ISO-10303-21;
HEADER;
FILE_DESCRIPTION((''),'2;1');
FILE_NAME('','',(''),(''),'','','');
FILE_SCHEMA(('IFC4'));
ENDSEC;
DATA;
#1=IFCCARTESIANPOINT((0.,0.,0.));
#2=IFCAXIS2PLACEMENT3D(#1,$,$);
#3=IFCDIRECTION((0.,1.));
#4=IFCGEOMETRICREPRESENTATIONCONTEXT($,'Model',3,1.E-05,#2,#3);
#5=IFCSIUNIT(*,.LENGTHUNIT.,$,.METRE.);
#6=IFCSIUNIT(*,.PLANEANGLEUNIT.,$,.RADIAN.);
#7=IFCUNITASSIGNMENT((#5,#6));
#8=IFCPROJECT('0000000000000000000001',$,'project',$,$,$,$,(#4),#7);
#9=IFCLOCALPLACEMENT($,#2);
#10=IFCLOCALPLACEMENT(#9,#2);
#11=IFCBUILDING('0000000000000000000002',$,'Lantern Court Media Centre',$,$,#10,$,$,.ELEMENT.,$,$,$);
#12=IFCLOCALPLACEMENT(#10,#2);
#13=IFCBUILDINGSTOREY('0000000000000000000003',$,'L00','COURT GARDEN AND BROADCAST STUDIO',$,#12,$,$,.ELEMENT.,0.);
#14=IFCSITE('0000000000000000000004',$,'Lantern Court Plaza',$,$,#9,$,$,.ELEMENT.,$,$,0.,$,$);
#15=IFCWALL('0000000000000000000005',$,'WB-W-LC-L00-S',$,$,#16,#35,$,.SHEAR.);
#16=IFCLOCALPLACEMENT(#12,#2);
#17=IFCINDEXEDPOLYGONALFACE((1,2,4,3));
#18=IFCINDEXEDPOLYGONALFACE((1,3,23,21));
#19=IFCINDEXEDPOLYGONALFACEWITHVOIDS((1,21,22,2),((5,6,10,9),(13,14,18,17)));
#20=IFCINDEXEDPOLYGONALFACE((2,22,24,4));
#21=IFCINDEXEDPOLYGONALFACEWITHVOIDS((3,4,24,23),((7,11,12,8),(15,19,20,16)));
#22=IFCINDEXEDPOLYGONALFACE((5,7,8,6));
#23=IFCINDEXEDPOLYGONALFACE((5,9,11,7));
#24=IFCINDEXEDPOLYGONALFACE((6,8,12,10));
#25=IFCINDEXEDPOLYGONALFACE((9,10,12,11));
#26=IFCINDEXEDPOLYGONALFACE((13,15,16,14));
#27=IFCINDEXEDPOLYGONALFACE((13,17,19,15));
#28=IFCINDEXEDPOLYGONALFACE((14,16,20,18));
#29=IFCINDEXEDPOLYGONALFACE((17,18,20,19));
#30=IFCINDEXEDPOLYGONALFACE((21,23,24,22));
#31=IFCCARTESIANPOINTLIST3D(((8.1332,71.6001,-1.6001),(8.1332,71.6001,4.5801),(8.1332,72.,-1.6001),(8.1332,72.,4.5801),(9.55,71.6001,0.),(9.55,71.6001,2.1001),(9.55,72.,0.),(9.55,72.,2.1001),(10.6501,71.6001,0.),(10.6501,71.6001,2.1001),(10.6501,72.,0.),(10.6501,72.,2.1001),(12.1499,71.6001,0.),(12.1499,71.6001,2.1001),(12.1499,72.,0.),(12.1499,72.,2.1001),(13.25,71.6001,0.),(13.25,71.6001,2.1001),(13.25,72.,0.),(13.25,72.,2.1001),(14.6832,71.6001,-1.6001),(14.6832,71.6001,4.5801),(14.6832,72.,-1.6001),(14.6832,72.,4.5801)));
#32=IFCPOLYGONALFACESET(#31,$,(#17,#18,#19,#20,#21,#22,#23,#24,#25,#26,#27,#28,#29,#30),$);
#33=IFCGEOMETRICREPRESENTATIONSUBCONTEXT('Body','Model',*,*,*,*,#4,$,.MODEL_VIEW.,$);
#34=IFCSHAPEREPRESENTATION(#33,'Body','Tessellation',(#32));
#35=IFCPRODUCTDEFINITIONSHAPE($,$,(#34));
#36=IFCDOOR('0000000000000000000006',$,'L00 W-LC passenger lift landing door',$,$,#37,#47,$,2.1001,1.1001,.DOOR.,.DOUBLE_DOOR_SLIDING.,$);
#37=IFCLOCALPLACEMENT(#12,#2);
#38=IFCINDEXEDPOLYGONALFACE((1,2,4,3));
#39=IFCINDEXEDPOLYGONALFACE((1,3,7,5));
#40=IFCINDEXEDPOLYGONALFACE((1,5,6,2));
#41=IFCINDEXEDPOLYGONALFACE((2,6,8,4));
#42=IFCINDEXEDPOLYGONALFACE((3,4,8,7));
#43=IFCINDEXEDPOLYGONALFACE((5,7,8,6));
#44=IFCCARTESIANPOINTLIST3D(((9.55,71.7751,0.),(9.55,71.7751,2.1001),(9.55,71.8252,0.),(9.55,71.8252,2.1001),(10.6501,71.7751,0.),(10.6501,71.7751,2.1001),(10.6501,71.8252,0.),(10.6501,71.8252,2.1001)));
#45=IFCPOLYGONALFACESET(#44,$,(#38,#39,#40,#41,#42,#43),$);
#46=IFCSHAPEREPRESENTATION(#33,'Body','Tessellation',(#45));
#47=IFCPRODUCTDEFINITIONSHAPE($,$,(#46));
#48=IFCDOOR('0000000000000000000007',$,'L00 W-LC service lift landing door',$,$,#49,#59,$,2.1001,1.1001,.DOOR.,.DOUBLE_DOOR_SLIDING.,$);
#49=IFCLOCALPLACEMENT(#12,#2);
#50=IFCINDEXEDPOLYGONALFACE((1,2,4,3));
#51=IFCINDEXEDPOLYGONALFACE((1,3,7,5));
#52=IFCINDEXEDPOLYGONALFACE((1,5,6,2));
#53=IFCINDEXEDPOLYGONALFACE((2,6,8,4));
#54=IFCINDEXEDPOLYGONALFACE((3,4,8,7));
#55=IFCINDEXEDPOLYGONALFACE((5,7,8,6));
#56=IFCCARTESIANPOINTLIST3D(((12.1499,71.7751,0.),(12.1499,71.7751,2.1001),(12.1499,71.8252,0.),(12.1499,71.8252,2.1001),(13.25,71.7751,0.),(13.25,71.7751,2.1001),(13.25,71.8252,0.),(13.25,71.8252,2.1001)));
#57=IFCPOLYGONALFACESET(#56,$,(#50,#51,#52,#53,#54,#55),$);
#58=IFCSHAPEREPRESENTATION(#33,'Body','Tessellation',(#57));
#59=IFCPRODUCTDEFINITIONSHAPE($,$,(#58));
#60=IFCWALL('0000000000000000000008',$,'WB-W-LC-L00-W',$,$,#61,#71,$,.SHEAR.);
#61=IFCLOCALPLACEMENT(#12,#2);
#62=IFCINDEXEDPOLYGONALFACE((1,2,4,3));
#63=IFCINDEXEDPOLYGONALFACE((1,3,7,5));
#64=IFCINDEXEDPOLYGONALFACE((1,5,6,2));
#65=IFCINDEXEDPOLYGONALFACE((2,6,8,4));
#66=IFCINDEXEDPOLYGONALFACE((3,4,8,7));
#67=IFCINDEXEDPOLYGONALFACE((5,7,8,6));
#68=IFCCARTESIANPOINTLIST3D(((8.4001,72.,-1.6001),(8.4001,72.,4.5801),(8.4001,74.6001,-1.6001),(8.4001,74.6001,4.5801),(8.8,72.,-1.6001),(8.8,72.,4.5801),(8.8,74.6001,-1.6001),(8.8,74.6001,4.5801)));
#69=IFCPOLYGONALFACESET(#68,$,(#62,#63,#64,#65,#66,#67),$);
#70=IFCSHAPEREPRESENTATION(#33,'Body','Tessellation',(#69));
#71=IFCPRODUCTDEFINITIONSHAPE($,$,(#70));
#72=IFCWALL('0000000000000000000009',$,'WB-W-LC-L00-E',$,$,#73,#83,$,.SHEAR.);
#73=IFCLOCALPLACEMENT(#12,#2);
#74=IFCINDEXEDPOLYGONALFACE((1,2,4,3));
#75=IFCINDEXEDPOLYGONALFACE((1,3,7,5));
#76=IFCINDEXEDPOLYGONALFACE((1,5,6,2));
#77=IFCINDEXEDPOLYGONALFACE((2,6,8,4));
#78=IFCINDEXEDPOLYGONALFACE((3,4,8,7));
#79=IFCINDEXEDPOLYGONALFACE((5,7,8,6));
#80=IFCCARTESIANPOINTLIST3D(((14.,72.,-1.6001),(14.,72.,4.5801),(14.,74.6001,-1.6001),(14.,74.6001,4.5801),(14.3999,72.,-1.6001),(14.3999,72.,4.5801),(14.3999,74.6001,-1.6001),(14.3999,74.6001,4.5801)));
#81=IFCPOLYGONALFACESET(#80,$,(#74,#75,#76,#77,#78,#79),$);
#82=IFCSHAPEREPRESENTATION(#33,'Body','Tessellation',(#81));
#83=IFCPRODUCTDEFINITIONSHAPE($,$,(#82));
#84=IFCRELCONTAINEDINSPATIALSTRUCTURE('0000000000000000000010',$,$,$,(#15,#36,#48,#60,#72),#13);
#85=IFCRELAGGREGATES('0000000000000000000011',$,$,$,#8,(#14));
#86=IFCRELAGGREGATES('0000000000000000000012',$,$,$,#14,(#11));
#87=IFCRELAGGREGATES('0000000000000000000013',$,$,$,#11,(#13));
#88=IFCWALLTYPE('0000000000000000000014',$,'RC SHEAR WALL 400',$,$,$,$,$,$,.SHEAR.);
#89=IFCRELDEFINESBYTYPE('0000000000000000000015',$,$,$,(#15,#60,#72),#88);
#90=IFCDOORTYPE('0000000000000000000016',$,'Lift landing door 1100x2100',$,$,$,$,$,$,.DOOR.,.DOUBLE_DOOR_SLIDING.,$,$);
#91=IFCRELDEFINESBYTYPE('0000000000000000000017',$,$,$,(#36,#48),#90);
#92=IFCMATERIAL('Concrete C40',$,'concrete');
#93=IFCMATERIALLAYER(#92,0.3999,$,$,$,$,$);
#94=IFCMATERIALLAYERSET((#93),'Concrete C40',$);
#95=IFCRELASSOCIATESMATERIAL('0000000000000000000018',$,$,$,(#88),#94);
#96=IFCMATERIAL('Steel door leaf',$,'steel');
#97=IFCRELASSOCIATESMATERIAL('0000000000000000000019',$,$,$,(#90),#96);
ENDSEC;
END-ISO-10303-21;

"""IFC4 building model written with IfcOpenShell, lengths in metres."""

from ifc_helpers import new_model, si_unit, direction, frame, frame_2d, origin, place, context, subcontext, project, spatial, rectangle, extrude, material, layer, layer_set, type_object, element, fill, save


model = new_model("IFC4")

# Units and contexts
model_context = context("Model", 3, precision=1e-05, world=origin(), true_north=direction((0.0, 1.0)))
body_context = subcontext(model_context, "Body", "Model", "MODEL_VIEW")
ifc_project = project(units=[si_unit("LENGTHUNIT", "METRE"), si_unit("PLANEANGLEUNIT", "RADIAN")], contexts=[model_context])

# Site, building, storey
site_placement = place(None, origin())
site = spatial("IfcSite", under=ifc_project, at=site_placement, Name="Lantern Court Plaza", CompositionType="ELEMENT", RefElevation=0.0)
building_placement = place(site_placement, origin())
building = spatial("IfcBuilding", under=site, at=building_placement, Name="Lantern Court Media Centre", CompositionType="ELEMENT")
storey_placement = place(building_placement, origin())
storey = spatial("IfcBuildingStorey", under=building, at=storey_placement, Name="L00", Description="COURT GARDEN AND BROADCAST STUDIO", CompositionType="ELEMENT", Elevation=0.0)

# Shared definitions
ifc_material_1 = material(Name="Concrete C40", Category="concrete")

# Wall, openings, doors
ifc_layer_1 = layer(ifc_material_1, 0.3999)
ifc_layer_set_1 = layer_set([ifc_layer_1], Name="Concrete C40")
wall_type_1 = type_object("IfcWallType", Name="RC SHEAR WALL 400", PredefinedType="SHEAR", material=ifc_layer_set_1)
wall_1_placement = place(storey_placement, frame((8.1333, 71.8, -1.6001), z_axis=(0.0, 0.0, 1.0), x_axis=(1.0, 0.0, 0.0)))
wall_1 = element("IfcWall", 1, at=wall_1_placement, inside=storey, type_object=wall_type_1, Name="WB-W-LC-L00-S", PredefinedType="SHEAR", context=body_context, shape_type="SweptSolid", body=[
    extrude(rectangle(XDim=6.55, YDim=0.3999, at=frame_2d((3.2749, 0.0))), origin(), (0.0, 0.0, 1.0), 6.1802),
])
opening_1_placement = place(wall_1_placement, frame((1.4167, 0.0, 1.6001)))
opening_1 = element("IfcOpeningElement", 2, at=opening_1_placement, cuts=wall_1, PredefinedType="OPENING", context=body_context, shape_type="SweptSolid", body=[
    extrude(rectangle(XDim=1.1001, YDim=2.1001, at=frame_2d((0.55, 1.05))), frame((0.0, 0.21, 0.0), z_axis=(0.0, -1.0, 0.0), x_axis=(1.0, 0.0, 0.0)), (0.0, 0.0, 1.0), 0.4199),
])
opening_2_placement = place(wall_1_placement, frame((4.0166, 0.0, 1.6001)))
opening_2 = element("IfcOpeningElement", 3, at=opening_2_placement, cuts=wall_1, PredefinedType="OPENING", context=body_context, shape_type="SweptSolid", body=[
    extrude(rectangle(XDim=1.1001, YDim=2.1001, at=frame_2d((0.55, 1.05))), frame((0.0, 0.21, 0.0), z_axis=(0.0, -1.0, 0.0), x_axis=(1.0, 0.0, 0.0)), (0.0, 0.0, 1.0), 0.4199),
])
ifc_material_2 = material(Name="Steel door leaf", Category="steel")
door_type_1 = type_object("IfcDoorType", Name="Lift landing door 1100x2100", OperationType="DOUBLE_DOOR_SLIDING", PredefinedType="DOOR", material=ifc_material_2)
door_1_placement = place(opening_1_placement, frame((1.1001, 0.0, 0.0), z_axis=(0.0, 0.0, 1.0), x_axis=(-1.0, 0.0, 0.0)))
door_1 = element("IfcDoor", 4, at=door_1_placement, inside=storey, type_object=door_type_1, Name="L00 W-LC passenger lift landing door", OperationType="DOUBLE_DOOR_SLIDING", OverallHeight=2.1001, OverallWidth=1.1001, PredefinedType="DOOR", context=body_context, shape_type="SweptSolid", body=[
    extrude(rectangle(XDim=1.1001, YDim=2.1001, at=frame_2d((0.55, 1.05))), frame((0.0, 0.0249, 0.0), z_axis=(0.0, -1.0, 0.0), x_axis=(1.0, 0.0, 0.0)), (0.0, 0.0, 1.0), 0.05),
])
fill(opening_1, door_1)
door_2_placement = place(opening_2_placement, frame((1.1001, 0.0, 0.0), z_axis=(0.0, 0.0, 1.0), x_axis=(-1.0, 0.0, 0.0)))
door_2 = element("IfcDoor", 5, at=door_2_placement, inside=storey, type_object=door_type_1, Name="L00 W-LC service lift landing door", OperationType="DOUBLE_DOOR_SLIDING", OverallHeight=2.1001, OverallWidth=1.1001, PredefinedType="DOOR", context=body_context, shape_type="SweptSolid", body=[
    extrude(rectangle(XDim=1.1001, YDim=2.1001, at=frame_2d((0.55, 1.05))), frame((0.0, 0.0249, 0.0), z_axis=(0.0, -1.0, 0.0), x_axis=(1.0, 0.0, 0.0)), (0.0, 0.0, 1.0), 0.05),
])
fill(opening_2, door_2)

# Walls
for number, where, z_axis, x_axis, name in (
    (6, (8.6001, 72.0, -1.6001), (0.0, 0.0, 1.0), (0.0, 1.0, 0.0), "WB-W-LC-L00-W"),
    (7, (14.2, 72.0, -1.6001), (0.0, 0.0, 1.0), (0.0, 1.0, 0.0), "WB-W-LC-L00-E"),
):
    element("IfcWall", number, at=place(storey_placement, frame(where, z_axis=z_axis, x_axis=x_axis)), inside=storey, type_object=wall_type_1, Name=name, PredefinedType="SHEAR", context=body_context, shape_type="SweptSolid", body=[
        extrude(rectangle(XDim=2.6001, YDim=0.3999, at=frame_2d((1.3, 0.0))), origin(), (0.0, 0.0, 1.0), 6.1802),
    ])

save(model, "model.ifc")
